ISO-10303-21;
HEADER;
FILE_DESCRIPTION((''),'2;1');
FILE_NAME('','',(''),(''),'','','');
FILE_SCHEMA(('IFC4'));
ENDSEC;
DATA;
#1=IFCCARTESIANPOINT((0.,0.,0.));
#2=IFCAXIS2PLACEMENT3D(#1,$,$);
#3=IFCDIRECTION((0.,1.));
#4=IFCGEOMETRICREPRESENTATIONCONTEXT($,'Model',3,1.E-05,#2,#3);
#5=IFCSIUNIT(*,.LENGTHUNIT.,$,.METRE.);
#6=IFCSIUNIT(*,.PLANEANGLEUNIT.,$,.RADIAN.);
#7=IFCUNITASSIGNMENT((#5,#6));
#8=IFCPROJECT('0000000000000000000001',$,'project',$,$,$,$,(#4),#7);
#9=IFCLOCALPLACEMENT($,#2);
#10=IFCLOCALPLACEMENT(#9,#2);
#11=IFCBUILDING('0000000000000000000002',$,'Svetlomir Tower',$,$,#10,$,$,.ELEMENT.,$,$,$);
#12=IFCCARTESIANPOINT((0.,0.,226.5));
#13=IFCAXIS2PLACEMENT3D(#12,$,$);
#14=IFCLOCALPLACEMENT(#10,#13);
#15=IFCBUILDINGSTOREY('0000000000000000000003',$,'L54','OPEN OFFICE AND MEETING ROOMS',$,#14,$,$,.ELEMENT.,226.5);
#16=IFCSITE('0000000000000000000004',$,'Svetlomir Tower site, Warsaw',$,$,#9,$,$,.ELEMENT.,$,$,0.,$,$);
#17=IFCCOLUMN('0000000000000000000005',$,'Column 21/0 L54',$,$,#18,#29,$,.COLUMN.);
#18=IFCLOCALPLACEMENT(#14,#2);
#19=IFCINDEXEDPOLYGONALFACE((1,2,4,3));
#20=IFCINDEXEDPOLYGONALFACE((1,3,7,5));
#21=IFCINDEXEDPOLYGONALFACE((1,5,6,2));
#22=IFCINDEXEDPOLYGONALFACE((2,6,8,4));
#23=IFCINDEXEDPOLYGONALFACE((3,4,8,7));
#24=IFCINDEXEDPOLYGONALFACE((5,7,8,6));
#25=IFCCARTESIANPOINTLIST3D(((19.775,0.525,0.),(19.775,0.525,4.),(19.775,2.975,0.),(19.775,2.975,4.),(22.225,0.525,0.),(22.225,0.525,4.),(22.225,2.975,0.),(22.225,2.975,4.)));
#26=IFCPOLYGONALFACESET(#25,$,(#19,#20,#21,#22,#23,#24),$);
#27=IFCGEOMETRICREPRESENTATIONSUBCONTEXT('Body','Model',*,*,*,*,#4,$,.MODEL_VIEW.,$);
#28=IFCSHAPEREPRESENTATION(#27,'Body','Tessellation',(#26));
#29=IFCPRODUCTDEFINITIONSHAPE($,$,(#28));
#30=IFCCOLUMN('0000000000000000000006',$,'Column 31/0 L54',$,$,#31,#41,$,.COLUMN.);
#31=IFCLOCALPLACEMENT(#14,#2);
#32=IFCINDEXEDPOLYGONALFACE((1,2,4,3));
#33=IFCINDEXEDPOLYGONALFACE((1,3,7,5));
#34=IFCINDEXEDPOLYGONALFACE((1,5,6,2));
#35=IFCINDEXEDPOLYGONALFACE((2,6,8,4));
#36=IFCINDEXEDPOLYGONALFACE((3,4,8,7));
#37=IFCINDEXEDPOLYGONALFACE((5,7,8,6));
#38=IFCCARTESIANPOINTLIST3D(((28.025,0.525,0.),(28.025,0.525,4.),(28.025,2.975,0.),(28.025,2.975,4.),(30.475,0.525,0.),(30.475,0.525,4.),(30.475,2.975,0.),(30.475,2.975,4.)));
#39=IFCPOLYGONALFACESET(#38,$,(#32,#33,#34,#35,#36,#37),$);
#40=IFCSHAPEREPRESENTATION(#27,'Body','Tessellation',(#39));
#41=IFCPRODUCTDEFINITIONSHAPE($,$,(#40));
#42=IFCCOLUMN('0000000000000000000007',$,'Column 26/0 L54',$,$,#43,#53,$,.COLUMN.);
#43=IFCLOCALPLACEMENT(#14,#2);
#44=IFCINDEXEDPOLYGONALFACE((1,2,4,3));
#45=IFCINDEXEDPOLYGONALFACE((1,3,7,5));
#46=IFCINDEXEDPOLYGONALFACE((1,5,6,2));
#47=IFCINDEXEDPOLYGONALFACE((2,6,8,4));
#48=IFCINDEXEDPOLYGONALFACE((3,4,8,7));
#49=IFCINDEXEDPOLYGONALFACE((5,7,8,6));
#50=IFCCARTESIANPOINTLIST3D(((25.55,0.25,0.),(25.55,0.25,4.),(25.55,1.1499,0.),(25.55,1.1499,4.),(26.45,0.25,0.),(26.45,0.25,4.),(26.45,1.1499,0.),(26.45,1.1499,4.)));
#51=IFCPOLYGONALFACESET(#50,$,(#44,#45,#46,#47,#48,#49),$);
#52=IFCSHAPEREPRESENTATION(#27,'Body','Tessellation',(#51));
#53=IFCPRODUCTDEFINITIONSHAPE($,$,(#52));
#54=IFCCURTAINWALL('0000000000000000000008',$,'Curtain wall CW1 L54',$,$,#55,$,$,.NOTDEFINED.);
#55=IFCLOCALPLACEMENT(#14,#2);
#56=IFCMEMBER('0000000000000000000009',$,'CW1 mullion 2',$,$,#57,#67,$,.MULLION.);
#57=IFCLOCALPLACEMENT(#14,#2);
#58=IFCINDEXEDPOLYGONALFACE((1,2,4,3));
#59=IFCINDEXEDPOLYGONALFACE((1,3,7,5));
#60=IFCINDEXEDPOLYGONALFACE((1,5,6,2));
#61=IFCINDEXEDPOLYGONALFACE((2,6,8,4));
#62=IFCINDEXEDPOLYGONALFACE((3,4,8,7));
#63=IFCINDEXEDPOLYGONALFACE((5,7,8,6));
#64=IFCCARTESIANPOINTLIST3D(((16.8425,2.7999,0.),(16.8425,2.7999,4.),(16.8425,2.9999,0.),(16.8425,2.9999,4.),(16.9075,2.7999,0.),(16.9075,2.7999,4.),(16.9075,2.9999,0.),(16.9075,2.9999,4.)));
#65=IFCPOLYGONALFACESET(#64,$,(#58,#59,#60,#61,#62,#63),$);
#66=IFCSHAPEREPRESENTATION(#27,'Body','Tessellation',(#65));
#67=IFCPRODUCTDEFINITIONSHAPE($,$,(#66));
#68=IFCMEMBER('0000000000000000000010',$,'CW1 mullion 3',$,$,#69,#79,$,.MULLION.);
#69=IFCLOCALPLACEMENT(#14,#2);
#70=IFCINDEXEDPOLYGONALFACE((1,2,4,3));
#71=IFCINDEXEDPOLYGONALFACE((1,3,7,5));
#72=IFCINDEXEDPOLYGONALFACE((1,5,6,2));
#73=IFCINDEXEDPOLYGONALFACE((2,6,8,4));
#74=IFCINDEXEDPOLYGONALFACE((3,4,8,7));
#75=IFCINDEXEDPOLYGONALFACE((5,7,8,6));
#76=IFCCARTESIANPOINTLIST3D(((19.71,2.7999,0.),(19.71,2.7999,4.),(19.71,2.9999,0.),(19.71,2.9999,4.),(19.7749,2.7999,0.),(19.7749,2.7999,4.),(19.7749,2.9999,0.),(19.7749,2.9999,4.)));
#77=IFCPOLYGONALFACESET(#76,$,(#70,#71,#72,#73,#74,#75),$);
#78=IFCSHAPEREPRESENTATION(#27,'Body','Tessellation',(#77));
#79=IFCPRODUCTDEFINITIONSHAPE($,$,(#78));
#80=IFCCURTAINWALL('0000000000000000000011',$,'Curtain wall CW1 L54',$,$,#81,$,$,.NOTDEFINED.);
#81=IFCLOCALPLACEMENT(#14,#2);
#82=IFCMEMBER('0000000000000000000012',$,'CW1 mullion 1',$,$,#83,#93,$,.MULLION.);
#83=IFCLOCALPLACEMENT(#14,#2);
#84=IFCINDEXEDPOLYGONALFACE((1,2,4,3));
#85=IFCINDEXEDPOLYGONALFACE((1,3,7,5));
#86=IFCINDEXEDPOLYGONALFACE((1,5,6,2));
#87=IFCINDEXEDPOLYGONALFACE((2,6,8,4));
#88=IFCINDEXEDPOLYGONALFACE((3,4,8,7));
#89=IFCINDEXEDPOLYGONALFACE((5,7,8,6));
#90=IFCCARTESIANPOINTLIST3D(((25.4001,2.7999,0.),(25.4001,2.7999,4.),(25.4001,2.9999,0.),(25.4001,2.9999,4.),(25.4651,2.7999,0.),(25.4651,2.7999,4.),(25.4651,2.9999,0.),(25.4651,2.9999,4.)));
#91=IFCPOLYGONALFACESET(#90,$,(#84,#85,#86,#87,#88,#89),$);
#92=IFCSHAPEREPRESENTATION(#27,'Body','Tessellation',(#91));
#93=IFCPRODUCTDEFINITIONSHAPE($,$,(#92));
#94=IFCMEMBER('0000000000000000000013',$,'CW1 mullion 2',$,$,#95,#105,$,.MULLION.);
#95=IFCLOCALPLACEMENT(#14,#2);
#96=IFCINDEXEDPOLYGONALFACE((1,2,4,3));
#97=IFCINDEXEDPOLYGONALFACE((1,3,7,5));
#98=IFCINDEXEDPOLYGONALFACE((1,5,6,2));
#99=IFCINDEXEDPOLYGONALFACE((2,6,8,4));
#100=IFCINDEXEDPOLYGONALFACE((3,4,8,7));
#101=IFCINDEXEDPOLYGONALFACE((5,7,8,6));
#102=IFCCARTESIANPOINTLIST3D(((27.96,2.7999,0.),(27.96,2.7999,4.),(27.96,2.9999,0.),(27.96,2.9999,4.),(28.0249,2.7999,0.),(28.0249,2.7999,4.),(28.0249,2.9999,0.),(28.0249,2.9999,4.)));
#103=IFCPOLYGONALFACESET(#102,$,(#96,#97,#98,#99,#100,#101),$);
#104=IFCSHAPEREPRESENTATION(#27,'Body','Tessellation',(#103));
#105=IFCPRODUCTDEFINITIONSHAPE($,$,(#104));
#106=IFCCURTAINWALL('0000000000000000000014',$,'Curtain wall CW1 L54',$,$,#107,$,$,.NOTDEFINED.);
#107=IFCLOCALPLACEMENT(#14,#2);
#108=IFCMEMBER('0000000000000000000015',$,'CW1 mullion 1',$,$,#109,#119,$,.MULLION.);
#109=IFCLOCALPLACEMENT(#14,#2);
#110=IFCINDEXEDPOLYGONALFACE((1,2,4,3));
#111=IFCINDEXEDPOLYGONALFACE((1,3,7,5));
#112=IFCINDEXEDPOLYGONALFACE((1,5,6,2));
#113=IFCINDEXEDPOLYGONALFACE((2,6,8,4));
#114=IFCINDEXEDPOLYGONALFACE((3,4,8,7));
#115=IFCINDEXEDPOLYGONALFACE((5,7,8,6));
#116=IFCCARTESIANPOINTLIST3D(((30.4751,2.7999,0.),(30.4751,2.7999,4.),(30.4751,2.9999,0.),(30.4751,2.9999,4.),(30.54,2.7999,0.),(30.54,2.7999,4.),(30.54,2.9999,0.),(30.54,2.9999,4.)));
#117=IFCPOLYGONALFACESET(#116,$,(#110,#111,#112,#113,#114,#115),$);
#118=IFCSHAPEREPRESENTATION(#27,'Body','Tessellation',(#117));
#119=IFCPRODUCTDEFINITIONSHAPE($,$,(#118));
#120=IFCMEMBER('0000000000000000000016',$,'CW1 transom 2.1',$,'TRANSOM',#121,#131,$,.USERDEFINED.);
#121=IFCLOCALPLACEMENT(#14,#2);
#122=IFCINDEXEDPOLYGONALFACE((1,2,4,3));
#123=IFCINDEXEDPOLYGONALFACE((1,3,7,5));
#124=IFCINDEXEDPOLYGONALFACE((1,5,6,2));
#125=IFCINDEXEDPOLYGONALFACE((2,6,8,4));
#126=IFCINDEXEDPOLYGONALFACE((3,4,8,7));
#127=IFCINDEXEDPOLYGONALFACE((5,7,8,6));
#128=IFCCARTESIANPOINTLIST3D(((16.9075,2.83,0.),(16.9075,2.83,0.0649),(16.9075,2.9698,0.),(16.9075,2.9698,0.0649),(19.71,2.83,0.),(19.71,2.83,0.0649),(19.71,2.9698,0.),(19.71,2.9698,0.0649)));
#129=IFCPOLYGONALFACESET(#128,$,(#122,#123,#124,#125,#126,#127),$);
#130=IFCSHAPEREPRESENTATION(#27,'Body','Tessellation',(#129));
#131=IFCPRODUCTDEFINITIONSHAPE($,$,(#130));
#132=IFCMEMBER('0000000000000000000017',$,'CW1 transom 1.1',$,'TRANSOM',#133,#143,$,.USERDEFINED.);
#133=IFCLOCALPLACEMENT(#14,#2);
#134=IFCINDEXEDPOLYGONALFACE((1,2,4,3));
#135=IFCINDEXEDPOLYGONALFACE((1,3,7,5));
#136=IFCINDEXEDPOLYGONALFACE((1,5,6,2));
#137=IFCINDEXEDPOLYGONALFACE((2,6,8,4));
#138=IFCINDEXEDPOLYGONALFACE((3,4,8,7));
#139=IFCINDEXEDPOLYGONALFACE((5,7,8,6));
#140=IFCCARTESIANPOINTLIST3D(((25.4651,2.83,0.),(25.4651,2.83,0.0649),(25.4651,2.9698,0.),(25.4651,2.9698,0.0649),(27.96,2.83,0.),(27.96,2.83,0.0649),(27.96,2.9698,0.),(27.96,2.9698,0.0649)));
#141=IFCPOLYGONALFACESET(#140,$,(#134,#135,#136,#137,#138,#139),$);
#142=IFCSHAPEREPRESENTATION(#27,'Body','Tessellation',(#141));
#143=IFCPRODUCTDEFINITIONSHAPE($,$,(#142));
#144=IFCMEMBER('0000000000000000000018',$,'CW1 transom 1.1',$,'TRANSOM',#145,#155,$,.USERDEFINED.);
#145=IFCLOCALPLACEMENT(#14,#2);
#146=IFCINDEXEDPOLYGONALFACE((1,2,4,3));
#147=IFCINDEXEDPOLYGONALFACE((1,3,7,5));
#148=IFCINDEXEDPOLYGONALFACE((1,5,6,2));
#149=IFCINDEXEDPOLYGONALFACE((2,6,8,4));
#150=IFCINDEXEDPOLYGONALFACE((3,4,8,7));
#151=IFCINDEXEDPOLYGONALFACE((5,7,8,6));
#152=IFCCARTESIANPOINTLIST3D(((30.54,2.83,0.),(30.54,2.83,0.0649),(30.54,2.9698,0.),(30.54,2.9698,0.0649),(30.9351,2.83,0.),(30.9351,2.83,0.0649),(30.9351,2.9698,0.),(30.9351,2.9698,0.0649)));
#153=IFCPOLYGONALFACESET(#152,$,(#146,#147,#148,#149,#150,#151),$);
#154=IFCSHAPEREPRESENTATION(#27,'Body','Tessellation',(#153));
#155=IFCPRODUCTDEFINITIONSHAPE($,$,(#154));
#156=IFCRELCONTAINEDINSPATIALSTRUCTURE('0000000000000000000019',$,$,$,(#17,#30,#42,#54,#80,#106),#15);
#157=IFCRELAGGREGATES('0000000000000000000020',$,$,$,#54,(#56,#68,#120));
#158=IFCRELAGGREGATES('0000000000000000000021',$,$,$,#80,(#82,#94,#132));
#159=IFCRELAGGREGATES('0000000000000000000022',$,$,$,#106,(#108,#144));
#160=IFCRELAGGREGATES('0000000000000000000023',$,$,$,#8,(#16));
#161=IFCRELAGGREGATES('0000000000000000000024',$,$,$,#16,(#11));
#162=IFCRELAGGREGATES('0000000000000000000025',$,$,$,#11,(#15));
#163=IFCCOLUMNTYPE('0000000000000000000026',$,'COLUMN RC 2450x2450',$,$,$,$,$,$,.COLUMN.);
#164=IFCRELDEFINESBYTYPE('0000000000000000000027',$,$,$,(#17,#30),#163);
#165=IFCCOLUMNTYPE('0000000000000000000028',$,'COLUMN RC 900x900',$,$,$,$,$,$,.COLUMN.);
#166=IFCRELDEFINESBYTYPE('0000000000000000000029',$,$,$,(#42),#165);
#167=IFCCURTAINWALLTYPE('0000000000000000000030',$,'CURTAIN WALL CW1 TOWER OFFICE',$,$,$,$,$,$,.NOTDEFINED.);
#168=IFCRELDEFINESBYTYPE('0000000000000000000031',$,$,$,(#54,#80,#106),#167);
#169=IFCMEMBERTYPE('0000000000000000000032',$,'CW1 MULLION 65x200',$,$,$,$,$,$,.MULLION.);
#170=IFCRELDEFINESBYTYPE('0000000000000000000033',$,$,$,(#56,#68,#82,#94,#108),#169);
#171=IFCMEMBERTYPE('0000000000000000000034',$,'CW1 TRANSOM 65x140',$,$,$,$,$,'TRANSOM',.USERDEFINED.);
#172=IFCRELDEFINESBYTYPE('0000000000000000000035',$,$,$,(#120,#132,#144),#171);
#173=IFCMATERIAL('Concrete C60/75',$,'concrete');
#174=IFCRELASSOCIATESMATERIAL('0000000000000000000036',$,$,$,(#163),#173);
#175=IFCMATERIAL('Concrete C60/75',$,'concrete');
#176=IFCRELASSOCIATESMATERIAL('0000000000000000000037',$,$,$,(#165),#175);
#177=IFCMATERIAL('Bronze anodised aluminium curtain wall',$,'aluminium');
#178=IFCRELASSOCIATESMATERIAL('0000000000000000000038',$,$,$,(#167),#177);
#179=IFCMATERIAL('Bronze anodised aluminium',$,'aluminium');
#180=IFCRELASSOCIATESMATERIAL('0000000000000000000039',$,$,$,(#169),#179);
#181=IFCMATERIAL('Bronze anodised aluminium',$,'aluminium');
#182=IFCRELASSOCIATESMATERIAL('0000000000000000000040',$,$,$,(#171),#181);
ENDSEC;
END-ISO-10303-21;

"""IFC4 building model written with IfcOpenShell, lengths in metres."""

from ifc_helpers import new_model, si_unit, direction, frame, origin, origin_2d, place, context, subcontext, project, spatial, rectangle, extrude, material, material_profile, profile_set, type_object, element, aggregate, save


model = new_model("IFC4")

# Units and contexts
model_context = context("Model", 3, precision=1e-05, world=origin(), true_north=direction((0.0, 1.0)))
body_context = subcontext(model_context, "Body", "Model", "MODEL_VIEW")
ifc_project = project(units=[si_unit("LENGTHUNIT", "METRE"), si_unit("PLANEANGLEUNIT", "RADIAN")], contexts=[model_context])

# Site, building, storey
site_placement = place(None, origin())
site = spatial("IfcSite", under=ifc_project, at=site_placement, Name="Svetlomir Tower site, Warsaw", CompositionType="ELEMENT", RefElevation=0.0)
building_placement = place(site_placement, origin())
building = spatial("IfcBuilding", under=site, at=building_placement, Name="Svetlomir Tower", CompositionType="ELEMENT")
storey_placement = place(building_placement, frame((0.0, 0.0, 226.5)))
storey = spatial("IfcBuildingStorey", under=building, at=storey_placement, Name="L54", Description="OPEN OFFICE AND MEETING ROOMS", CompositionType="ELEMENT", Elevation=226.5)

# Columns
ifc_material_1 = material(Name="Concrete C60/75", Category="concrete")
ifc_material_profile_1 = material_profile(ifc_material_1, rectangle(XDim=2.45, YDim=2.45, at=origin_2d()), Name="RC 2450x2450")
ifc_profile_set_1 = profile_set([ifc_material_profile_1], Name="Concrete C60/75")
column_type_1 = type_object("IfcColumnType", Name="COLUMN RC 2450x2450", PredefinedType="COLUMN", material=ifc_profile_set_1)
for number, where, z_axis, x_axis, name in (
    (1, (21.0, 1.75, 0.0), (0.0, 0.0, 1.0), (1.0, 0.0, 0.0), "Column 21/0 L54"),
    (2, (29.25, 1.75, 0.0), (0.0, 0.0, 1.0), (1.0, 0.0, 0.0), "Column 31/0 L54"),
):
    element("IfcColumn", number, at=place(storey_placement, frame(where, z_axis=z_axis, x_axis=x_axis)), inside=storey, type_object=column_type_1, Name=name, PredefinedType="COLUMN", context=body_context, shape_type="SweptSolid", body=[
        extrude(rectangle(XDim=2.45, YDim=2.45, at=origin_2d()), origin(), (0.0, 0.0, 1.0), 4.0),
    ])
ifc_material_2 = material(Name="Concrete C60/75", Category="concrete")
ifc_material_profile_2 = material_profile(ifc_material_2, rectangle(XDim=0.8999, YDim=0.8999, at=origin_2d()), Name="RC 900x900")
ifc_profile_set_2 = profile_set([ifc_material_profile_2], Name="Concrete C60/75")
column_type_2 = type_object("IfcColumnType", Name="COLUMN RC 900x900", PredefinedType="COLUMN", material=ifc_profile_set_2)
column_placement = place(storey_placement, frame((26.0, 0.7, 0.0), z_axis=(0.0, 0.0, 1.0), x_axis=(1.0, 0.0, 0.0)))
element("IfcColumn", 3, at=column_placement, inside=storey, type_object=column_type_2, Name="Column 26/0 L54", PredefinedType="COLUMN", context=body_context, shape_type="SweptSolid", body=[
    extrude(rectangle(XDim=0.8999, YDim=0.8999, at=origin_2d()), origin(), (0.0, 0.0, 1.0), 4.0),
])

# Curtain walls, members
ifc_material_3 = material(Name="Bronze anodised aluminium curtain wall", Category="aluminium")
curtain_wall_type = type_object("IfcCurtainWallType", Name="CURTAIN WALL CW1 TOWER OFFICE", PredefinedType="NOTDEFINED", material=ifc_material_3)
curtain_wall_1_placement = place(storey_placement, origin())
curtain_wall_1 = element("IfcCurtainWall", 4, at=curtain_wall_1_placement, inside=storey, type_object=curtain_wall_type, Name="Curtain wall CW1 L54", PredefinedType="NOTDEFINED")
ifc_material_4 = material(Name="Bronze anodised aluminium", Category="aluminium")
ifc_material_profile_3 = material_profile(ifc_material_4, rectangle(XDim=0.0649, YDim=0.2, at=origin_2d()), Name="AL 65x200")
ifc_profile_set_3 = profile_set([ifc_material_profile_3], Name="Bronze anodised aluminium 6063-T6")
member_type_1 = type_object("IfcMemberType", Name="CW1 MULLION 65x200", PredefinedType="MULLION", material=ifc_profile_set_3)
member_1_placement = place(storey_placement, frame((16.875, 2.8999, 0.0), z_axis=(0.0, 0.0, 1.0), x_axis=(1.0, 0.0, 0.0)))
member_1 = element("IfcMember", 5, at=member_1_placement, type_object=member_type_1, Name="CW1 mullion 2", PredefinedType="MULLION", context=body_context, shape_type="SweptSolid", body=[
    extrude(rectangle(XDim=0.0649, YDim=0.2, at=origin_2d()), origin(), (0.0, 0.0, 1.0), 4.0),
])
member_2_placement = place(storey_placement, frame((19.7424, 2.8999, 0.0), z_axis=(0.0, 0.0, 1.0), x_axis=(1.0, 0.0, 0.0)))
member_2 = element("IfcMember", 6, at=member_2_placement, type_object=member_type_1, Name="CW1 mullion 3", PredefinedType="MULLION", context=body_context, shape_type="SweptSolid", body=[
    extrude(rectangle(XDim=0.0649, YDim=0.2, at=origin_2d()), origin(), (0.0, 0.0, 1.0), 4.0),
])
curtain_wall_2_placement = place(storey_placement, origin())
curtain_wall_2 = element("IfcCurtainWall", 7, at=curtain_wall_2_placement, inside=storey, type_object=curtain_wall_type, Name="Curtain wall CW1 L54", PredefinedType="NOTDEFINED")
member_3_placement = place(storey_placement, frame((25.4326, 2.8999, 0.0), z_axis=(0.0, 0.0, 1.0), x_axis=(1.0, 0.0, 0.0)))
member_3 = element("IfcMember", 8, at=member_3_placement, type_object=member_type_1, Name="CW1 mullion 1", PredefinedType="MULLION", context=body_context, shape_type="SweptSolid", body=[
    extrude(rectangle(XDim=0.0649, YDim=0.2, at=origin_2d()), origin(), (0.0, 0.0, 1.0), 4.0),
])
member_4_placement = place(storey_placement, frame((27.9924, 2.8999, 0.0), z_axis=(0.0, 0.0, 1.0), x_axis=(1.0, 0.0, 0.0)))
member_4 = element("IfcMember", 9, at=member_4_placement, type_object=member_type_1, Name="CW1 mullion 2", PredefinedType="MULLION", context=body_context, shape_type="SweptSolid", body=[
    extrude(rectangle(XDim=0.0649, YDim=0.2, at=origin_2d()), origin(), (0.0, 0.0, 1.0), 4.0),
])

# Curtain wall, member
curtain_wall_3_placement = place(storey_placement, origin())
curtain_wall_3 = element("IfcCurtainWall", 10, at=curtain_wall_3_placement, inside=storey, type_object=curtain_wall_type, Name="Curtain wall CW1 L54", PredefinedType="NOTDEFINED")
member_5_placement = place(storey_placement, frame((30.5076, 2.8999, 0.0), z_axis=(0.0, 0.0, 1.0), x_axis=(1.0, 0.0, 0.0)))
member_5 = element("IfcMember", 11, at=member_5_placement, type_object=member_type_1, Name="CW1 mullion 1", PredefinedType="MULLION", context=body_context, shape_type="SweptSolid", body=[
    extrude(rectangle(XDim=0.0649, YDim=0.2, at=origin_2d()), origin(), (0.0, 0.0, 1.0), 4.0),
])

# Members
ifc_material_5 = material(Name="Bronze anodised aluminium", Category="aluminium")
ifc_material_profile_4 = material_profile(ifc_material_5, rectangle(XDim=0.1399, YDim=0.0649, at=origin_2d()), Name="AL 140x65")
ifc_profile_set_4 = profile_set([ifc_material_profile_4], Name="Bronze anodised aluminium 6063-T6")
member_type_2 = type_object("IfcMemberType", Name="CW1 TRANSOM 65x140", ElementType="TRANSOM", PredefinedType="USERDEFINED", material=ifc_profile_set_4)
member_6_placement = place(storey_placement, frame((16.9075, 2.8999, 0.0325), z_axis=(1.0, 0.0, 0.0), x_axis=(0.0, 1.0, 0.0)))
member_6 = element("IfcMember", 12, at=member_6_placement, type_object=member_type_2, Name="CW1 transom 2.1", ObjectType="TRANSOM", PredefinedType="USERDEFINED", context=body_context, shape_type="SweptSolid", body=[
    extrude(rectangle(XDim=0.1399, YDim=0.0649, at=origin_2d()), origin(), (0.0, 0.0, 1.0), 2.8025),
])
member_7_placement = place(storey_placement, frame((25.4651, 2.8999, 0.0325), z_axis=(1.0, 0.0, 0.0), x_axis=(0.0, 1.0, 0.0)))
member_7 = element("IfcMember", 13, at=member_7_placement, type_object=member_type_2, Name="CW1 transom 1.1", ObjectType="TRANSOM", PredefinedType="USERDEFINED", context=body_context, shape_type="SweptSolid", body=[
    extrude(rectangle(XDim=0.1399, YDim=0.0649, at=origin_2d()), origin(), (0.0, 0.0, 1.0), 2.4949),
])
member_8_placement = place(storey_placement, frame((30.54, 2.8999, 0.0325), z_axis=(1.0, 0.0, 0.0), x_axis=(0.0, 1.0, 0.0)))
member_8 = element("IfcMember", 14, at=member_8_placement, type_object=member_type_2, Name="CW1 transom 1.1", ObjectType="TRANSOM", PredefinedType="USERDEFINED", context=body_context, shape_type="SweptSolid", body=[
    extrude(rectangle(XDim=0.1399, YDim=0.0649, at=origin_2d()), origin(), (0.0, 0.0, 1.0), 0.395),
])

aggregate(curtain_wall_1, [member_1, member_2, member_6])
aggregate(curtain_wall_2, [member_3, member_4, member_7])
aggregate(curtain_wall_3, [member_5, member_8])

save(model, "model.ifc")
